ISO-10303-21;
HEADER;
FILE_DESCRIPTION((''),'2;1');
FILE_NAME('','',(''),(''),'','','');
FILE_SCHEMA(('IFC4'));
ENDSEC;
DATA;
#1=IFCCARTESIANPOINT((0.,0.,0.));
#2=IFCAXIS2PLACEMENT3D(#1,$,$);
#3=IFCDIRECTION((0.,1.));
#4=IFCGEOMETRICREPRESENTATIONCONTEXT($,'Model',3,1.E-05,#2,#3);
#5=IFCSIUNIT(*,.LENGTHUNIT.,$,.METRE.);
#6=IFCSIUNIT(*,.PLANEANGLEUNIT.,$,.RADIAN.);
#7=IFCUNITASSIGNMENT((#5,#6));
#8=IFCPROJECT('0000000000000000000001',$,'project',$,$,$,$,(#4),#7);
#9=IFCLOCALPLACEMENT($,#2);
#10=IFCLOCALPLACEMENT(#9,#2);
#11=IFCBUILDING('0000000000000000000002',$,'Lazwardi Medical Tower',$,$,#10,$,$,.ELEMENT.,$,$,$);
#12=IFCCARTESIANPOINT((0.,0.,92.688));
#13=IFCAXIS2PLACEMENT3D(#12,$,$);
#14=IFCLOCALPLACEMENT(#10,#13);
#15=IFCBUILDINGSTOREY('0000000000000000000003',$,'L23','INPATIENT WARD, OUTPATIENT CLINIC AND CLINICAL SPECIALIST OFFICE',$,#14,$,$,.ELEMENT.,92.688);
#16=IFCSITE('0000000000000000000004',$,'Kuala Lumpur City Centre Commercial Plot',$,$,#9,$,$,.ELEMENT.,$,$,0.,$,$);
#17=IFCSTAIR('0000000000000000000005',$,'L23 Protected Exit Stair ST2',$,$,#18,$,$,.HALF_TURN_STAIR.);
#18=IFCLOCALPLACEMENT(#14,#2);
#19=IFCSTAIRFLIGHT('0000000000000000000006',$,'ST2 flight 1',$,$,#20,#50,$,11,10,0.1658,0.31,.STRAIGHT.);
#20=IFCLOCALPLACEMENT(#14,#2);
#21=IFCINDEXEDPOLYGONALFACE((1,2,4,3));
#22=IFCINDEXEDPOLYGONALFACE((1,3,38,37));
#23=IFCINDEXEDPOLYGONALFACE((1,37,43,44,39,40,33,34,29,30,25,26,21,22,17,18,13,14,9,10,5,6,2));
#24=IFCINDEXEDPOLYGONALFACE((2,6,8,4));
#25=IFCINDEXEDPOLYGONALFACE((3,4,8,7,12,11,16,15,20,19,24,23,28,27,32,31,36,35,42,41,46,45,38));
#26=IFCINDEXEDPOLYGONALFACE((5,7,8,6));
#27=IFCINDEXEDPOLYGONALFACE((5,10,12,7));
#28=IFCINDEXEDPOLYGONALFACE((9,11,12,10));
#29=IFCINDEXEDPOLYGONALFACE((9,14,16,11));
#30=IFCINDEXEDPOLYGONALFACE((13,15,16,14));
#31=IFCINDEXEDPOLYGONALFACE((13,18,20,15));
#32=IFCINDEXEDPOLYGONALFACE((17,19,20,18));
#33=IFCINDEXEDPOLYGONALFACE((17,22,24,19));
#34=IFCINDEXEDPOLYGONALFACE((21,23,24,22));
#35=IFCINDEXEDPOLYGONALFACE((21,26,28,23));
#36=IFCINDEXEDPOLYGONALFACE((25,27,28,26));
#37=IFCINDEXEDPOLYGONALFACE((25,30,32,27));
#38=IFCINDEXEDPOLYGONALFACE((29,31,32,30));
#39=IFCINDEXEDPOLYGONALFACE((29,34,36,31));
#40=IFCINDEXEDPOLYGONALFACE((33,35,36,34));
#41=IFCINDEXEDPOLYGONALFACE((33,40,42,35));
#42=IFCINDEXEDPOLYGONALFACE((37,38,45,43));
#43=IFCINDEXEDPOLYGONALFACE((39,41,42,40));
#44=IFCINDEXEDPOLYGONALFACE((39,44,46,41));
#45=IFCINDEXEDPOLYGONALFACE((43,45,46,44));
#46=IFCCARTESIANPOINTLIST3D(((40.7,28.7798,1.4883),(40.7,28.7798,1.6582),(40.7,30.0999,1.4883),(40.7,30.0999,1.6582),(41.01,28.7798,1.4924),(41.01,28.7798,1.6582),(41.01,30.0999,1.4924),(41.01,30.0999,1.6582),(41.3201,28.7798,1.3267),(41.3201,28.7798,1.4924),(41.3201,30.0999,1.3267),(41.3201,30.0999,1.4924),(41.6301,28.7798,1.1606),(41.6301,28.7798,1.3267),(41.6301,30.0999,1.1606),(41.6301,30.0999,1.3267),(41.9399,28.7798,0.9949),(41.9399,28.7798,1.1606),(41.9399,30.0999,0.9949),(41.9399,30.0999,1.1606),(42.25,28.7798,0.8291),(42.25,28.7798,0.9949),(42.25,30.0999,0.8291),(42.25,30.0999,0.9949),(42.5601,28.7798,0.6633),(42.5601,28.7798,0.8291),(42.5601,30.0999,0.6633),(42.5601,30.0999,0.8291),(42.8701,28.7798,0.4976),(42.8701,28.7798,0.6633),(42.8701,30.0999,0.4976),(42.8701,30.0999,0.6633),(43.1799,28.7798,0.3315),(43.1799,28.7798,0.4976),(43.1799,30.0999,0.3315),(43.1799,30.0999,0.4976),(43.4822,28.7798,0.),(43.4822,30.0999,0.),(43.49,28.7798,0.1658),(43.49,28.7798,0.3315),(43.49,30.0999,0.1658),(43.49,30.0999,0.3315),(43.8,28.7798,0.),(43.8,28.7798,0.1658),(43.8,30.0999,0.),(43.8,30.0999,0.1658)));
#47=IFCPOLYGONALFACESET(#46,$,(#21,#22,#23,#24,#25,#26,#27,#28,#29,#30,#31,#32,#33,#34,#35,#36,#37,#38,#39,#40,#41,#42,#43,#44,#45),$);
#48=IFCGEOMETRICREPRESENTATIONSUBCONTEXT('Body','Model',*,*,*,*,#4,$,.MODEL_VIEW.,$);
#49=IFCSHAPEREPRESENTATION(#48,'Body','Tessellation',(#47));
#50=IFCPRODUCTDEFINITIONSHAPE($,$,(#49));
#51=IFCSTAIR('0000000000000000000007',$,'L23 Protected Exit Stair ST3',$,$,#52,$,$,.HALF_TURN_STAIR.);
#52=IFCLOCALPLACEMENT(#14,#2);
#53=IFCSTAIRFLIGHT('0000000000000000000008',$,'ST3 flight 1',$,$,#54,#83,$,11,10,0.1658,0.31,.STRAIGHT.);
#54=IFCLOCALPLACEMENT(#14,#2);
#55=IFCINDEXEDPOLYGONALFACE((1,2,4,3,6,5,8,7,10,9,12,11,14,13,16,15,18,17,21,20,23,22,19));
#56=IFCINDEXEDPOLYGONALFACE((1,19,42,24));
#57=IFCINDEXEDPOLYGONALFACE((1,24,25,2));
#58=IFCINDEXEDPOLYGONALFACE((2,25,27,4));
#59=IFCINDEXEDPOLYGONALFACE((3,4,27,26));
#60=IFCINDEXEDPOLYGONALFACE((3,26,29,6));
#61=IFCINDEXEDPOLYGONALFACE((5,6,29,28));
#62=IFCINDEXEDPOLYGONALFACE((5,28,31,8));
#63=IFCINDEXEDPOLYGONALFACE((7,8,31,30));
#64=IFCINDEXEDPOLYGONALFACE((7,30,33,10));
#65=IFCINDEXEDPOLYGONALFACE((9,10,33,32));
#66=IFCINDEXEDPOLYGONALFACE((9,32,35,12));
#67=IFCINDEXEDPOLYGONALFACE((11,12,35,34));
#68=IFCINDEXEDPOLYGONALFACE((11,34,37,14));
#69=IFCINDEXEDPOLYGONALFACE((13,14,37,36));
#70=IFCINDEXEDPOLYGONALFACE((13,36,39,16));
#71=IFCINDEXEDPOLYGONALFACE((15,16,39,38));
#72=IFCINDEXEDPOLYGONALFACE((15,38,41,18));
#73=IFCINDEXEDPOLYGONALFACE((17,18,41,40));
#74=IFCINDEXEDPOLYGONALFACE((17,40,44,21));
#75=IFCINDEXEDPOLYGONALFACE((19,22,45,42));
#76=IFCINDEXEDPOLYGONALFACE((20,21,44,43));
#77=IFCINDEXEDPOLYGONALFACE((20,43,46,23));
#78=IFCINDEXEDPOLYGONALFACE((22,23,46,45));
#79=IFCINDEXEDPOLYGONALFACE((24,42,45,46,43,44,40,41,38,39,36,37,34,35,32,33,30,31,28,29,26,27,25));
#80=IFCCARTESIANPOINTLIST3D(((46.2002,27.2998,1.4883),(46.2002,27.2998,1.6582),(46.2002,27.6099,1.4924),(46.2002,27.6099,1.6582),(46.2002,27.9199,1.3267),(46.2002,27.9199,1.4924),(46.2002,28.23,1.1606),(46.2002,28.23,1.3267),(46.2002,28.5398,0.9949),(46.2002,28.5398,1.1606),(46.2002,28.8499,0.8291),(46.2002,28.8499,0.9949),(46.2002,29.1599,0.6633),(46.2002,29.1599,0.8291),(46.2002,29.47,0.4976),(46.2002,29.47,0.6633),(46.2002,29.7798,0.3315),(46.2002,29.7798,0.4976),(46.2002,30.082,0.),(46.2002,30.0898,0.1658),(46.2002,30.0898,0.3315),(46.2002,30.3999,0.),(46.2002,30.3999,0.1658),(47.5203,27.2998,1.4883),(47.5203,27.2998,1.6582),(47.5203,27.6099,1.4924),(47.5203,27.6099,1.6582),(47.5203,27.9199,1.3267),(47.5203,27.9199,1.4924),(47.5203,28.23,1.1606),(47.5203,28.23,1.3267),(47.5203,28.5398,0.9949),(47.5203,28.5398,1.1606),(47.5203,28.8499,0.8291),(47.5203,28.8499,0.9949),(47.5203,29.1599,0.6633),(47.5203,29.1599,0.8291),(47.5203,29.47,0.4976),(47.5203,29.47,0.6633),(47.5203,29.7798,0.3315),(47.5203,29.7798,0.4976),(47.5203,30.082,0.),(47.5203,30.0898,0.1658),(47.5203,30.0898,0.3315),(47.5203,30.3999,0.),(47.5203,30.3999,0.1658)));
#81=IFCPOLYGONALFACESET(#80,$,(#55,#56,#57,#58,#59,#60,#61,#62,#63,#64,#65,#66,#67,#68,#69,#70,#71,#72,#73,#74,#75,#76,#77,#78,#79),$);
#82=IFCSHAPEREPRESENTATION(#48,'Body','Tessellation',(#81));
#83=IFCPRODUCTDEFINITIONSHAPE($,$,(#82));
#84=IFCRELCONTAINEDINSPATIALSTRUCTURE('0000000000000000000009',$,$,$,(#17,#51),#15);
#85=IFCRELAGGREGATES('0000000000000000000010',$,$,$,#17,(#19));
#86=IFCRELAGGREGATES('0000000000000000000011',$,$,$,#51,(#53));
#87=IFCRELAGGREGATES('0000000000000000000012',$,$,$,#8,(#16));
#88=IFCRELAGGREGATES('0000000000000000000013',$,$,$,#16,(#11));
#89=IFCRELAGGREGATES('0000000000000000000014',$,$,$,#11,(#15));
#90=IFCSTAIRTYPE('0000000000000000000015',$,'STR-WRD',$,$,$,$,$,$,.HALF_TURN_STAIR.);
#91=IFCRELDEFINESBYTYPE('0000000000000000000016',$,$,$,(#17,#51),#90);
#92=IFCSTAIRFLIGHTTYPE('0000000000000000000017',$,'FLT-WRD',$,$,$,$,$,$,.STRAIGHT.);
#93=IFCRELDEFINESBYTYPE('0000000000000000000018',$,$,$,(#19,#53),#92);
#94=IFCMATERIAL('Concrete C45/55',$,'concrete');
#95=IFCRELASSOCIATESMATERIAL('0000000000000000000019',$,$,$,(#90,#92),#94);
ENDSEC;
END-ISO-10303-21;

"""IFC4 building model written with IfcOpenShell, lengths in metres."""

from ifc_helpers import new_model, si_unit, direction, frame, origin, place, context, subcontext, project, spatial, polyline, outline, extrude, material, type_object, element, aggregate, save


model = new_model("IFC4")

# Units and contexts
model_context = context("Model", 3, precision=1e-05, world=origin(), true_north=direction((0.0, 1.0)))
body_context = subcontext(model_context, "Body", "Model", "MODEL_VIEW")
ifc_project = project(units=[si_unit("LENGTHUNIT", "METRE"), si_unit("PLANEANGLEUNIT", "RADIAN")], contexts=[model_context])

# Site, building, storey
site_placement = place(None, origin())
site = spatial("IfcSite", under=ifc_project, at=site_placement, Name="Kuala Lumpur City Centre Commercial Plot", CompositionType="ELEMENT", RefElevation=0.0)
building_placement = place(site_placement, origin())
building = spatial("IfcBuilding", under=site, at=building_placement, Name="Lazwardi Medical Tower", CompositionType="ELEMENT")
storey_placement = place(building_placement, frame((0.0, 0.0, 92.688)))
storey = spatial("IfcBuildingStorey", under=building, at=storey_placement, Name="L23", Description="INPATIENT WARD, OUTPATIENT CLINIC AND CLINICAL SPECIALIST OFFICE", CompositionType="ELEMENT", Elevation=92.688)

# Stairs, stair flights
ifc_material_1 = material(Name="Concrete C45/55", Category="concrete")
stair_type = type_object("IfcStairType", Name="STR-WRD", PredefinedType="HALF_TURN_STAIR", material=ifc_material_1)
stair_1_placement = place(storey_placement, origin())
stair_1 = element("IfcStair", 1, at=stair_1_placement, inside=storey, type_object=stair_type, Name="L23 Protected Exit Stair ST2", PredefinedType="HALF_TURN_STAIR")
stair_flight_type = type_object("IfcStairFlightType", Name="FLT-WRD", PredefinedType="STRAIGHT", material=ifc_material_1)
stair_flight_1_placement = place(storey_placement, frame((43.8, 29.4399, 0.0), z_axis=(0.0, 0.0, 1.0), x_axis=(-1.0, 0.0, 0.0)))
stair_flight_1 = element("IfcStairFlight", 2, at=stair_flight_1_placement, type_object=stair_flight_type, Name="ST2 flight 1", NumberOfRisers=11, NumberOfTreads=10, PredefinedType="STRAIGHT", RiserHeight=0.1658, TreadLength=0.31, context=body_context, shape_type="SweptSolid", body=[
    extrude(outline(polyline([(0.0, 0.0), (0.0, 0.1658), (0.3101, 0.1658), (0.3101, 0.3315), (0.6201, 0.3315), (0.6201, 0.4976), (0.9299, 0.4976), (0.9299, 0.6633), (1.24, 0.6633), (1.24, 0.8291), (1.55, 0.8291), (1.55, 0.9949), (1.8601, 0.9949), (1.8601, 1.1606), (2.1699, 1.1606), (2.1699, 1.3267), (2.48, 1.3267), (2.48, 1.4924), (2.79, 1.4924), (2.79, 1.6582), (3.1001, 1.6582), (3.1001, 1.824), (3.1001, 1.4883), (0.3179, 0.0), (0.0, 0.0)])), frame((0.0, 0.6602, 0.0), z_axis=(0.0, -1.0, 0.0), x_axis=(1.0, 0.0, 0.0)), (0.0, 0.0, 1.0), 1.3201),
])
aggregate(stair_1, [stair_flight_1])
stair_2_placement = place(storey_placement, origin())
stair_2 = element("IfcStair", 3, at=stair_2_placement, inside=storey, type_object=stair_type, Name="L23 Protected Exit Stair ST3", PredefinedType="HALF_TURN_STAIR")
stair_flight_2_placement = place(storey_placement, frame((46.8601, 30.3999, 0.0), z_axis=(0.0, 0.0, 1.0), x_axis=(0.0, -1.0, 0.0)))
stair_flight_2 = element("IfcStairFlight", 4, at=stair_flight_2_placement, type_object=stair_flight_type, Name="ST3 flight 1", NumberOfRisers=11, NumberOfTreads=10, PredefinedType="STRAIGHT", RiserHeight=0.1658, TreadLength=0.31, context=body_context, shape_type="SweptSolid", body=[
    extrude(outline(polyline([(0.0, 0.0), (0.0, 0.1658), (0.3101, 0.1658), (0.3101, 0.3315), (0.6201, 0.3315), (0.6201, 0.4976), (0.9299, 0.4976), (0.9299, 0.6633), (1.24, 0.6633), (1.24, 0.8291), (1.55, 0.8291), (1.55, 0.9949), (1.8601, 0.9949), (1.8601, 1.1606), (2.1699, 1.1606), (2.1699, 1.3267), (2.48, 1.3267), (2.48, 1.4924), (2.79, 1.4924), (2.79, 1.6582), (3.1001, 1.6582), (3.1001, 1.824), (3.1001, 1.4883), (0.3179, 0.0), (0.0, 0.0)])), frame((0.0, 0.6602, 0.0), z_axis=(0.0, -1.0, 0.0), x_axis=(1.0, 0.0, 0.0)), (0.0, 0.0, 1.0), 1.3201),
])
aggregate(stair_2, [stair_flight_2])

save(model, "model.ifc")
